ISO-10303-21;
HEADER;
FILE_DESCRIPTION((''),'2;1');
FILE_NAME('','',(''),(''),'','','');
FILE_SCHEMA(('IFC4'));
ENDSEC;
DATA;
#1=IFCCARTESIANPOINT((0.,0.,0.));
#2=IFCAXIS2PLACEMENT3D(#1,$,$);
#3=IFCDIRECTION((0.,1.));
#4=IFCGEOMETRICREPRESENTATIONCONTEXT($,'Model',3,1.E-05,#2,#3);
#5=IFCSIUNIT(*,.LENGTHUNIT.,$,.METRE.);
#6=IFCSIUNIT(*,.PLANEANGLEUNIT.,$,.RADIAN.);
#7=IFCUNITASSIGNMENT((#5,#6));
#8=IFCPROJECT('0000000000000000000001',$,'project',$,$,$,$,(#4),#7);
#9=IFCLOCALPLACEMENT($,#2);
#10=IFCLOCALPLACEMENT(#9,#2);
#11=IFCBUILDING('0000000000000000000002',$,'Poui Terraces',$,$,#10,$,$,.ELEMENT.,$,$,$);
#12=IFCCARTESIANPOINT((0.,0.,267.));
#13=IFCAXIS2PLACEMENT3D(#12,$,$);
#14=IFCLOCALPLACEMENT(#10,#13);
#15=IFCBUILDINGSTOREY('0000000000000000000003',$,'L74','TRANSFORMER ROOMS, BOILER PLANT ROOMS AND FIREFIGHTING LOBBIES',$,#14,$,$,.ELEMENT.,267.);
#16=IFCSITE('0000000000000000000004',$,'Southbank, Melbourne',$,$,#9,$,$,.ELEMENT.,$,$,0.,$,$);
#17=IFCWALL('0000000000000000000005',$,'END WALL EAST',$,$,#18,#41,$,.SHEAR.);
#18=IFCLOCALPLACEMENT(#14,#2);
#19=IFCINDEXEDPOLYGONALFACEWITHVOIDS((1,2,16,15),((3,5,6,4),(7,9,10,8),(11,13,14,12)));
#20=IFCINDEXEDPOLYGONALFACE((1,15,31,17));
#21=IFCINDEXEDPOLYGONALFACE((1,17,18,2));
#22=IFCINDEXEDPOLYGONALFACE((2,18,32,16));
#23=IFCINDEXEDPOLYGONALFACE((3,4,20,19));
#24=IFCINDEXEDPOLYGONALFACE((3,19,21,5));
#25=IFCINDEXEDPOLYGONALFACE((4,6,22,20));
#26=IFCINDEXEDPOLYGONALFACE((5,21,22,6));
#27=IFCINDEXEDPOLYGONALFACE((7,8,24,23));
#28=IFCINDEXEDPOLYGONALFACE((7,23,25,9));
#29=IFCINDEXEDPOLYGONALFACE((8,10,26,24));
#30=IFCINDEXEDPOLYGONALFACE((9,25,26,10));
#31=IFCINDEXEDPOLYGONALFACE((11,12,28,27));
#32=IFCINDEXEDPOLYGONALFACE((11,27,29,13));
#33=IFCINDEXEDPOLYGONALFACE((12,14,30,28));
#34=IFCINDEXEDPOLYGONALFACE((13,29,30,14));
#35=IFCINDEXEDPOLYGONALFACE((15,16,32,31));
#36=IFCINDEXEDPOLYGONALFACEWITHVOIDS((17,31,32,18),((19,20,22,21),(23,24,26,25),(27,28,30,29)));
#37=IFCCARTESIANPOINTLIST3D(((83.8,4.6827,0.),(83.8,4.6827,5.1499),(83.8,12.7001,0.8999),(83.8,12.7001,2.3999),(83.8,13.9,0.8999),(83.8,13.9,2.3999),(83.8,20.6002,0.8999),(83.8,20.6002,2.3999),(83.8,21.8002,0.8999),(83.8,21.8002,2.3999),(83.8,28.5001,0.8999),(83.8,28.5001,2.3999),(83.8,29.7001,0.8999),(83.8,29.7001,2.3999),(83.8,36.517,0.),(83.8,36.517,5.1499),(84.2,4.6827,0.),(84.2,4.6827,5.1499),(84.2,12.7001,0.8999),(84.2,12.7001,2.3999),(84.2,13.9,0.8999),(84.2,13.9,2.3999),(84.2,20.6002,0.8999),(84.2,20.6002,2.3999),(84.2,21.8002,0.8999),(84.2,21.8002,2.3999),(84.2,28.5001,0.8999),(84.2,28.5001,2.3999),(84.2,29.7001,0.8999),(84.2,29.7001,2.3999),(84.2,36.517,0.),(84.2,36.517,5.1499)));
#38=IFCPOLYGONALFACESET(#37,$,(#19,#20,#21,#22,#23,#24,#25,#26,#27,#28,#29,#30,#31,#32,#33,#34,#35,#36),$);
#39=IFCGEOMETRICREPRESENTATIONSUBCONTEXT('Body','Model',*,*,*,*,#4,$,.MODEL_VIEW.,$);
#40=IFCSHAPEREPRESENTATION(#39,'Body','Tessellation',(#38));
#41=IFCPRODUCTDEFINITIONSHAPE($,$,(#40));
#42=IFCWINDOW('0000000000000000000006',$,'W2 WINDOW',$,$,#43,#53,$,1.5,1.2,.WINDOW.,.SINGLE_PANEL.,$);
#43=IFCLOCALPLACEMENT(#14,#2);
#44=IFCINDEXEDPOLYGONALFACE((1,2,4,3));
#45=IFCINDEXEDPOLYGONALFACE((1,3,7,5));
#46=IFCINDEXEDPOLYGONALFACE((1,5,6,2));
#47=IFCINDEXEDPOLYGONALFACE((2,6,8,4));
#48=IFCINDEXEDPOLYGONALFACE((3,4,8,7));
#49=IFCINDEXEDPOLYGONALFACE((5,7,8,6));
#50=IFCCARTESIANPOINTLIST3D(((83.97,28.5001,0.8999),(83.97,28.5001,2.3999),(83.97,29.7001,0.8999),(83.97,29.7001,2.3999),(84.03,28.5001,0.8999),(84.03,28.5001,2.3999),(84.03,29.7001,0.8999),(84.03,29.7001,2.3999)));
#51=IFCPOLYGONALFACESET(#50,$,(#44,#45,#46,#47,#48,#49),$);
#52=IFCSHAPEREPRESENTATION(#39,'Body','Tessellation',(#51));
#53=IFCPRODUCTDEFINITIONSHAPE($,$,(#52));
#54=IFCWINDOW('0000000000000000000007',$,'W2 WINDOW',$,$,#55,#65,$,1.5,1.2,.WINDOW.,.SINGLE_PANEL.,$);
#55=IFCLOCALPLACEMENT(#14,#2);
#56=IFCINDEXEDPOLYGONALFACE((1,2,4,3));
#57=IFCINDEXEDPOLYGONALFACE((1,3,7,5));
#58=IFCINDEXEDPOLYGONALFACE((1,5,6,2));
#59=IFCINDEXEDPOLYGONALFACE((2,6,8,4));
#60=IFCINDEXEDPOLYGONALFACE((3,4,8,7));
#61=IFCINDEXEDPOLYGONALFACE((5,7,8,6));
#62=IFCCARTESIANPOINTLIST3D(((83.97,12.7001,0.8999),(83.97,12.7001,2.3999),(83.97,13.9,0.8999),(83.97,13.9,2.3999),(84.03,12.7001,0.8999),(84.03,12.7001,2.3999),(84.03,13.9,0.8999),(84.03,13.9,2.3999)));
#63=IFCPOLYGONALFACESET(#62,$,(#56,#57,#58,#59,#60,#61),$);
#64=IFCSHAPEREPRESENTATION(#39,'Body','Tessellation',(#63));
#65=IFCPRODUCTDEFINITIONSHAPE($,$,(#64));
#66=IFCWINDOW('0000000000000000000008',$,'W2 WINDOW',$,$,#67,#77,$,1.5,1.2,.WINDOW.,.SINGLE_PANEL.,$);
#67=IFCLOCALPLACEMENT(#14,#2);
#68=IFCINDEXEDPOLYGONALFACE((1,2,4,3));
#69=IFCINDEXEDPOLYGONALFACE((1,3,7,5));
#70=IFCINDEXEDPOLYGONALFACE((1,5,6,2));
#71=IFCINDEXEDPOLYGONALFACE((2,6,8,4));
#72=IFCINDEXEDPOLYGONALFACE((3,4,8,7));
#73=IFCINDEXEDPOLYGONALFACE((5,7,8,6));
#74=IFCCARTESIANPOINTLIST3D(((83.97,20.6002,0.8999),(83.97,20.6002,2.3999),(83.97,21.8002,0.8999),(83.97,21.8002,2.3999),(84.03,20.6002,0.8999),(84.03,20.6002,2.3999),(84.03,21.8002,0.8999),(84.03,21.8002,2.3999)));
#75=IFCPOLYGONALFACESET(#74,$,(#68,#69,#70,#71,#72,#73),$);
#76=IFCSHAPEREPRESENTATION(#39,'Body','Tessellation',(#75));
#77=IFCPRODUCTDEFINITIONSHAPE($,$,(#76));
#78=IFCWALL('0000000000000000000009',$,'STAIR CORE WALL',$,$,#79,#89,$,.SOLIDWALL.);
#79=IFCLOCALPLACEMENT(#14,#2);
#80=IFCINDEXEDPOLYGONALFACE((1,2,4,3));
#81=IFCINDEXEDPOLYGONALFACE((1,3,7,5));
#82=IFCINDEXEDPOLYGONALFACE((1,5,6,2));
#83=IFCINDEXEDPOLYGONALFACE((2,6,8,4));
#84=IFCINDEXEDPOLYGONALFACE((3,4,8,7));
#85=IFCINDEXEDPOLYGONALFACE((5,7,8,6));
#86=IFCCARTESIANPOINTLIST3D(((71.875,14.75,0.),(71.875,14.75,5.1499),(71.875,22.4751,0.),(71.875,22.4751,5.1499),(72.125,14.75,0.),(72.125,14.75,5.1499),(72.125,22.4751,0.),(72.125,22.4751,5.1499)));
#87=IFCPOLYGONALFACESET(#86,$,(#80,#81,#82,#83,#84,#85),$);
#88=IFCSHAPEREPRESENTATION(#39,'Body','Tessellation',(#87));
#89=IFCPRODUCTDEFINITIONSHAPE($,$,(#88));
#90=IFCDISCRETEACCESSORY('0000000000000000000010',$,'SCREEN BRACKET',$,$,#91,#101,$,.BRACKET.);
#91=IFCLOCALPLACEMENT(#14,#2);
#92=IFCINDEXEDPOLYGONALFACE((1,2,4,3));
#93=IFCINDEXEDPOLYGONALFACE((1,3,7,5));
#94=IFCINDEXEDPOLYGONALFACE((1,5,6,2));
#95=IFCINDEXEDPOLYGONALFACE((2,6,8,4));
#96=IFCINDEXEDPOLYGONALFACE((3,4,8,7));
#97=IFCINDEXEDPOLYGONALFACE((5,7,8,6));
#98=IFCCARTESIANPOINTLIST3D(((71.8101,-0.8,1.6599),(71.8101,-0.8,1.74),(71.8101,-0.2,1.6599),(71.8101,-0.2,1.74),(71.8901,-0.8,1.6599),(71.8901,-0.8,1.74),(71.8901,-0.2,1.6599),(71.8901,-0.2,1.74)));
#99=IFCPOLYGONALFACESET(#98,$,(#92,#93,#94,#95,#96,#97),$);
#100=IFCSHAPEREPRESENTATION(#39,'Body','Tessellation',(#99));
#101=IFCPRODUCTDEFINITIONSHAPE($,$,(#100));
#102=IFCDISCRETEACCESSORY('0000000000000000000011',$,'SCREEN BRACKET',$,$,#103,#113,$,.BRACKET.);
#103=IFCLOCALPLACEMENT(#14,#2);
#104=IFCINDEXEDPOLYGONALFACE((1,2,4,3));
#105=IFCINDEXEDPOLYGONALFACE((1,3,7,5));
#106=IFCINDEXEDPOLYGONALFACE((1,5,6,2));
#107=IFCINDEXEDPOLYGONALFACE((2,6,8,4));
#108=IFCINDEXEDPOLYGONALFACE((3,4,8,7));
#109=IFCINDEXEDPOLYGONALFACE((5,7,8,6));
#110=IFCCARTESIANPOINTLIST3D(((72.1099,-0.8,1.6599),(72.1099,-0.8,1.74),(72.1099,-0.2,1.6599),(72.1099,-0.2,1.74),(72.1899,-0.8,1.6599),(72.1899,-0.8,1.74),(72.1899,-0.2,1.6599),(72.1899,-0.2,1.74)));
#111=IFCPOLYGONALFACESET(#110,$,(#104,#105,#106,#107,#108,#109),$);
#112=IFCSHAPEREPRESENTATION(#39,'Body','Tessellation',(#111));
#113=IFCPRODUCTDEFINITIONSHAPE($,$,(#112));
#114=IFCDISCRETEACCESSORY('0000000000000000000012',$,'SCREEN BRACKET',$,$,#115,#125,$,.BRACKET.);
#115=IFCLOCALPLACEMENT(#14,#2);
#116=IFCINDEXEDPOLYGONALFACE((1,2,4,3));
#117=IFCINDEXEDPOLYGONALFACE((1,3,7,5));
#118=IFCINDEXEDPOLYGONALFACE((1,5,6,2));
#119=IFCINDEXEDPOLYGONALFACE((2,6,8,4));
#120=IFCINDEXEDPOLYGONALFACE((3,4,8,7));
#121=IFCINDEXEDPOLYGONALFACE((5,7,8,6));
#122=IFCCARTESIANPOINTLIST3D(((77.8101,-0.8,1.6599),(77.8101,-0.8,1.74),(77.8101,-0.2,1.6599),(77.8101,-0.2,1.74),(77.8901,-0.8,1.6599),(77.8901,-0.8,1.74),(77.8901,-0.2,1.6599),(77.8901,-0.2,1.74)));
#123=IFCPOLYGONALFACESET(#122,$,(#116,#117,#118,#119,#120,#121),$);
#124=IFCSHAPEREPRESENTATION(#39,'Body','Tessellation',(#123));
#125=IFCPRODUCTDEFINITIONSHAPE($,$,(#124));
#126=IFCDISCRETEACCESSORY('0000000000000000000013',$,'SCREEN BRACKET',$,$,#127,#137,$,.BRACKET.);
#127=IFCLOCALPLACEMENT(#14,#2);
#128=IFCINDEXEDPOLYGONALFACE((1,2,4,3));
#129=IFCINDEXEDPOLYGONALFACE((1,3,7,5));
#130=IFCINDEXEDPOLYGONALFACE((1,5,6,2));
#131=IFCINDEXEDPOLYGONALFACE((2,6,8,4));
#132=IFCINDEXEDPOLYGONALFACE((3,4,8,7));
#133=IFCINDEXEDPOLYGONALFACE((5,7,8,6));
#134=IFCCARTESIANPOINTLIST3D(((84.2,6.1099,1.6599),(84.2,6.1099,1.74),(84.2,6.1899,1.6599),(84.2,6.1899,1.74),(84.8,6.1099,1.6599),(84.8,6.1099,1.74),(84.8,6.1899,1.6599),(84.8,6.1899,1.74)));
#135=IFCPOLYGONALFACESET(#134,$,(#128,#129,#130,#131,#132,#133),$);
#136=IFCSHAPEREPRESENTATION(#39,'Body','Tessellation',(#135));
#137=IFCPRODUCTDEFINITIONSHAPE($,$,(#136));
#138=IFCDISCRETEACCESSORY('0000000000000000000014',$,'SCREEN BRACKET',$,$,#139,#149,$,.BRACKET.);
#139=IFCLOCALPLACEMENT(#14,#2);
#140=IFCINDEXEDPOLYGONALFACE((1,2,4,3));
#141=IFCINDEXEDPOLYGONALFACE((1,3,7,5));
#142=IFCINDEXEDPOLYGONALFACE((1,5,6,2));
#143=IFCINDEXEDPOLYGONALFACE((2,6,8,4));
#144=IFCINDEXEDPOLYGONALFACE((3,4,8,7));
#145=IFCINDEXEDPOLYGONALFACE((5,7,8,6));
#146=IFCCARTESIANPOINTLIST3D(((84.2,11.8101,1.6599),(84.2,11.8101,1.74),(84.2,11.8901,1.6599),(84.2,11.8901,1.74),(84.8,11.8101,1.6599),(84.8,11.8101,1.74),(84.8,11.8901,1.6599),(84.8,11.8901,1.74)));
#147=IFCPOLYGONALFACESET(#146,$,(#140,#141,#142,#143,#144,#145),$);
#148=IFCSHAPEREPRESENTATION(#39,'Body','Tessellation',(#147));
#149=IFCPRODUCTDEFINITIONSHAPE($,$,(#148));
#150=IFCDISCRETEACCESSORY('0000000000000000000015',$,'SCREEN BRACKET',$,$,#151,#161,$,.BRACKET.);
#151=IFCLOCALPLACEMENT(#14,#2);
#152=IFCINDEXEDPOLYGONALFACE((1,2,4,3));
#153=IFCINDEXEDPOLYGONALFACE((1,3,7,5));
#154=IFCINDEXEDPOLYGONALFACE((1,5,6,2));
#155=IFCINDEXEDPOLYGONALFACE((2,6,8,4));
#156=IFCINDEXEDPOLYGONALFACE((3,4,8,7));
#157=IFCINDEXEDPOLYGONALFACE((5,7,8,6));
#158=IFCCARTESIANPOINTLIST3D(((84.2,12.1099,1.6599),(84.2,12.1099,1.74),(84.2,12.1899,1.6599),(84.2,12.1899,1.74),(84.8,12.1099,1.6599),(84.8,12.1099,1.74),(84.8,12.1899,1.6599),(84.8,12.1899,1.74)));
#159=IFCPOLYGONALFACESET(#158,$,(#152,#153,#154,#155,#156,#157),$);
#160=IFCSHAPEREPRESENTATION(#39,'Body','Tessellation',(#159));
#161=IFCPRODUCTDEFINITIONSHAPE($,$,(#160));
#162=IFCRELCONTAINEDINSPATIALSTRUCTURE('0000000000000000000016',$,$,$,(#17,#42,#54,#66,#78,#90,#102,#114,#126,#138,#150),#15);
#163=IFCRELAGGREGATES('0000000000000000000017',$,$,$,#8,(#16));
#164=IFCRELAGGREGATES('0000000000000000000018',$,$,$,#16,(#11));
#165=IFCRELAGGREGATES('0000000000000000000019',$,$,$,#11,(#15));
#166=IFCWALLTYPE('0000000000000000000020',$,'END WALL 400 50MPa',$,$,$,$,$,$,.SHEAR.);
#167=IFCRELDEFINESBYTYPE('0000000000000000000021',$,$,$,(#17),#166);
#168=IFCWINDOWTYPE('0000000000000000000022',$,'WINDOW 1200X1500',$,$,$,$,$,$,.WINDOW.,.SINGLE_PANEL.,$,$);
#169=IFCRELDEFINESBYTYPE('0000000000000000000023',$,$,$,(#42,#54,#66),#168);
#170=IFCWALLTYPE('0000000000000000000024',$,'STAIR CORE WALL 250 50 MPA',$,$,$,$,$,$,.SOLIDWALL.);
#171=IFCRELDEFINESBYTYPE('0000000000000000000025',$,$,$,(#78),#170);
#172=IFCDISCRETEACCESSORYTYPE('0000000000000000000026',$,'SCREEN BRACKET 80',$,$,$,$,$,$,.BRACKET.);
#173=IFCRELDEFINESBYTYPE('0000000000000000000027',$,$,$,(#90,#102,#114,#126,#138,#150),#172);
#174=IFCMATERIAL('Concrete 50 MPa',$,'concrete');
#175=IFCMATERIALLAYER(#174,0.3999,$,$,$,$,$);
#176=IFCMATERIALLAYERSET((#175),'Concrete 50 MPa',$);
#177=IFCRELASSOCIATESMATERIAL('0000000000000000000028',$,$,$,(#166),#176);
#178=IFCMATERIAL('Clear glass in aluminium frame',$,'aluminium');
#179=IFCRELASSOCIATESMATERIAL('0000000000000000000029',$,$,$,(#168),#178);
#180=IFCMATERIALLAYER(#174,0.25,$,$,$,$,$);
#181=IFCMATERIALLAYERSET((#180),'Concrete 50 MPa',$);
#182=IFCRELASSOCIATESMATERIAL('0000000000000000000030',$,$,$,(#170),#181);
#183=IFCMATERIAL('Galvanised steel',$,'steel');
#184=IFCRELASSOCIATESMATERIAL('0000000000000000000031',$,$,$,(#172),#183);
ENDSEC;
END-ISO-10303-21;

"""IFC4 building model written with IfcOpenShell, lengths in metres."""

from ifc_helpers import new_model, si_unit, direction, frame, frame_2d, origin, origin_2d, place, context, subcontext, project, spatial, rectangle, extrude, source, transform, mapped, material, layer, layer_set, material_profile, profile_set, type_object, element, fill, save


model = new_model("IFC4")

# Units and contexts
model_context = context("Model", 3, precision=1e-05, world=origin(), true_north=direction((0.0, 1.0)))
body_context = subcontext(model_context, "Body", "Model", "MODEL_VIEW")
ifc_project = project(units=[si_unit("LENGTHUNIT", "METRE"), si_unit("PLANEANGLEUNIT", "RADIAN")], contexts=[model_context])

# Site, building, storey
site_placement = place(None, origin())
site = spatial("IfcSite", under=ifc_project, at=site_placement, Name="Southbank, Melbourne", CompositionType="ELEMENT", RefElevation=0.0)
building_placement = place(site_placement, origin())
building = spatial("IfcBuilding", under=site, at=building_placement, Name="Poui Terraces", CompositionType="ELEMENT")
storey_placement = place(building_placement, frame((0.0, 0.0, 267.0)))
storey = spatial("IfcBuildingStorey", under=building, at=storey_placement, Name="L74", Description="TRANSFORMER ROOMS, BOILER PLANT ROOMS AND FIREFIGHTING LOBBIES", CompositionType="ELEMENT", Elevation=267.0)

# Shared definitions
ifc_material_1 = material(Name="Concrete 50 MPa", Category="concrete")

# Wall, openings, windows
ifc_layer_1 = layer(ifc_material_1, 0.3999)
ifc_layer_set_1 = layer_set([ifc_layer_1], Name="Concrete 50 MPa")
wall_type_1 = type_object("IfcWallType", Name="END WALL 400 50MPa", PredefinedType="SHEAR", material=ifc_layer_set_1)
wall_1_placement = place(storey_placement, frame((84.0, 4.6829, 0.0), z_axis=(0.0, 0.0, 1.0), x_axis=(0.0, 1.0, 0.0)))
wall_1 = element("IfcWall", 1, at=wall_1_placement, inside=storey, type_object=wall_type_1, Name="END WALL EAST", PredefinedType="SHEAR", context=body_context, shape_type="SweptSolid", body=[
    extrude(rectangle(XDim=31.8342, YDim=0.3999, at=frame_2d((15.917, 0.0))), origin(), (0.0, 0.0, 1.0), 5.1499),
])
opening_1_placement = place(wall_1_placement, frame((23.8171, 0.0, 0.8999)))
opening_1 = element("IfcOpeningElement", 2, at=opening_1_placement, cuts=wall_1, PredefinedType="OPENING", context=body_context, shape_type="SweptSolid", body=[
    extrude(rectangle(XDim=1.2, YDim=1.5, at=frame_2d((0.6001, 0.75))), frame((0.0, 0.21, 0.0), z_axis=(0.0, -1.0, 0.0), x_axis=(1.0, 0.0, 0.0)), (0.0, 0.0, 1.0), 0.4199),
])
opening_2_placement = place(wall_1_placement, frame((8.0171, 0.0, 0.8999)))
opening_2 = element("IfcOpeningElement", 3, at=opening_2_placement, cuts=wall_1, PredefinedType="OPENING", context=body_context, shape_type="SweptSolid", body=[
    extrude(rectangle(XDim=1.2, YDim=1.5, at=frame_2d((0.6001, 0.75))), frame((0.0, 0.21, 0.0), z_axis=(0.0, -1.0, 0.0), x_axis=(1.0, 0.0, 0.0)), (0.0, 0.0, 1.0), 0.4199),
])
opening_3_placement = place(wall_1_placement, frame((15.9172, 0.0, 0.8999)))
opening_3 = element("IfcOpeningElement", 4, at=opening_3_placement, cuts=wall_1, PredefinedType="OPENING", context=body_context, shape_type="SweptSolid", body=[
    extrude(rectangle(XDim=1.2, YDim=1.5, at=frame_2d((0.6001, 0.75))), frame((0.0, 0.21, 0.0), z_axis=(0.0, -1.0, 0.0), x_axis=(1.0, 0.0, 0.0)), (0.0, 0.0, 1.0), 0.4199),
])
ifc_material_2 = material(Name="Clear glass in aluminium frame", Category="aluminium")
window_type = type_object("IfcWindowType", Name="WINDOW 1200X1500", PartitioningType="SINGLE_PANEL", PredefinedType="WINDOW", material=ifc_material_2)
window_1_placement = place(opening_1_placement, origin())
window_1 = element("IfcWindow", 5, at=window_1_placement, inside=storey, type_object=window_type, Name="W2 WINDOW", OverallHeight=1.5, OverallWidth=1.2, PartitioningType="SINGLE_PANEL", PredefinedType="WINDOW", context=body_context, shape_type="SweptSolid", body=[
    extrude(rectangle(XDim=1.2, YDim=1.5, at=frame_2d((0.6001, 0.75))), frame((0.0, 0.03, 0.0), z_axis=(0.0, -1.0, 0.0), x_axis=(1.0, 0.0, 0.0)), (0.0, 0.0, 1.0), 0.0601),
])
fill(opening_1, window_1)
window_2_placement = place(opening_2_placement, origin())
window_2 = element("IfcWindow", 6, at=window_2_placement, inside=storey, type_object=window_type, Name="W2 WINDOW", OverallHeight=1.5, OverallWidth=1.2, PartitioningType="SINGLE_PANEL", PredefinedType="WINDOW", context=body_context, shape_type="SweptSolid", body=[
    extrude(rectangle(XDim=1.2, YDim=1.5, at=frame_2d((0.6001, 0.75))), frame((0.0, 0.03, 0.0), z_axis=(0.0, -1.0, 0.0), x_axis=(1.0, 0.0, 0.0)), (0.0, 0.0, 1.0), 0.0601),
])
fill(opening_2, window_2)
window_3_placement = place(opening_3_placement, origin())
window_3 = element("IfcWindow", 7, at=window_3_placement, inside=storey, type_object=window_type, Name="W2 WINDOW", OverallHeight=1.5, OverallWidth=1.2, PartitioningType="SINGLE_PANEL", PredefinedType="WINDOW", context=body_context, shape_type="SweptSolid", body=[
    extrude(rectangle(XDim=1.2, YDim=1.5, at=frame_2d((0.6001, 0.75))), frame((0.0, 0.03, 0.0), z_axis=(0.0, -1.0, 0.0), x_axis=(1.0, 0.0, 0.0)), (0.0, 0.0, 1.0), 0.0601),
])
fill(opening_3, window_3)

# Wall
ifc_layer_2 = layer(ifc_material_1, 0.25)
ifc_layer_set_2 = layer_set([ifc_layer_2], Name="Concrete 50 MPa")
wall_type_2 = type_object("IfcWallType", Name="STAIR CORE WALL 250 50 MPA", PredefinedType="SOLIDWALL", material=ifc_layer_set_2)
wall_2_placement = place(storey_placement, frame((72.0, 14.75, 0.0), z_axis=(0.0, 0.0, 1.0), x_axis=(0.0, 1.0, 0.0)))
element("IfcWall", 8, at=wall_2_placement, inside=storey, type_object=wall_type_2, Name="STAIR CORE WALL", PredefinedType="SOLIDWALL", context=body_context, shape_type="SweptSolid", body=[
    extrude(rectangle(XDim=7.7251, YDim=0.25, at=frame_2d((3.8625, 0.0))), origin(), (0.0, 0.0, 1.0), 5.1499),
])

# Discrete accessories
ifc_material_3 = material(Name="Galvanised steel", Category="steel")
ifc_material_profile_1 = material_profile(ifc_material_3, rectangle(XDim=0.0801, YDim=0.0801, at=origin_2d()), Name="SCREEN BRACKET 80")
ifc_profile_set_1 = profile_set([ifc_material_profile_1], Name="Galvanised steel")
discrete_accessory_type = type_object("IfcDiscreteAccessoryType", Name="SCREEN BRACKET 80", PredefinedType="BRACKET", material=ifc_profile_set_1)
shared_shape_1 = source(origin(), body_context, "Body", "SweptSolid", [
    extrude(rectangle(XDim=0.0801, YDim=0.0801, at=origin_2d()), origin(), (0.0, 0.0, 1.0), 0.6001),
])
for number, where, z_axis, x_axis, name in (
    (9, (71.8501, -0.2, 1.7), (0.0, -1.0, 0.0), (1.0, 0.0, 0.0), "SCREEN BRACKET"),
    (10, (72.1499, -0.2, 1.7), (0.0, -1.0, 0.0), (1.0, 0.0, 0.0), "SCREEN BRACKET"),
    (11, (77.8501, -0.2, 1.7), (0.0, -1.0, 0.0), (1.0, 0.0, 0.0), "SCREEN BRACKET"),
    (12, (84.2, 6.1499, 1.7), (1.0, 0.0, 0.0), (0.0, 1.0, 0.0), "SCREEN BRACKET"),
    (13, (84.2, 11.8501, 1.7), (1.0, 0.0, 0.0), (0.0, 1.0, 0.0), "SCREEN BRACKET"),
    (14, (84.2, 12.1499, 1.7), (1.0, 0.0, 0.0), (0.0, 1.0, 0.0), "SCREEN BRACKET"),
):
    element("IfcDiscreteAccessory", number, at=place(storey_placement, frame(where, z_axis=z_axis, x_axis=x_axis)), inside=storey, type_object=discrete_accessory_type, Name=name, PredefinedType="BRACKET", context=body_context, shape_type="MappedRepresentation", body=[
        mapped(shared_shape_1, transform((0.0, 0.0, 0.0))),
    ])

save(model, "model.ifc")
